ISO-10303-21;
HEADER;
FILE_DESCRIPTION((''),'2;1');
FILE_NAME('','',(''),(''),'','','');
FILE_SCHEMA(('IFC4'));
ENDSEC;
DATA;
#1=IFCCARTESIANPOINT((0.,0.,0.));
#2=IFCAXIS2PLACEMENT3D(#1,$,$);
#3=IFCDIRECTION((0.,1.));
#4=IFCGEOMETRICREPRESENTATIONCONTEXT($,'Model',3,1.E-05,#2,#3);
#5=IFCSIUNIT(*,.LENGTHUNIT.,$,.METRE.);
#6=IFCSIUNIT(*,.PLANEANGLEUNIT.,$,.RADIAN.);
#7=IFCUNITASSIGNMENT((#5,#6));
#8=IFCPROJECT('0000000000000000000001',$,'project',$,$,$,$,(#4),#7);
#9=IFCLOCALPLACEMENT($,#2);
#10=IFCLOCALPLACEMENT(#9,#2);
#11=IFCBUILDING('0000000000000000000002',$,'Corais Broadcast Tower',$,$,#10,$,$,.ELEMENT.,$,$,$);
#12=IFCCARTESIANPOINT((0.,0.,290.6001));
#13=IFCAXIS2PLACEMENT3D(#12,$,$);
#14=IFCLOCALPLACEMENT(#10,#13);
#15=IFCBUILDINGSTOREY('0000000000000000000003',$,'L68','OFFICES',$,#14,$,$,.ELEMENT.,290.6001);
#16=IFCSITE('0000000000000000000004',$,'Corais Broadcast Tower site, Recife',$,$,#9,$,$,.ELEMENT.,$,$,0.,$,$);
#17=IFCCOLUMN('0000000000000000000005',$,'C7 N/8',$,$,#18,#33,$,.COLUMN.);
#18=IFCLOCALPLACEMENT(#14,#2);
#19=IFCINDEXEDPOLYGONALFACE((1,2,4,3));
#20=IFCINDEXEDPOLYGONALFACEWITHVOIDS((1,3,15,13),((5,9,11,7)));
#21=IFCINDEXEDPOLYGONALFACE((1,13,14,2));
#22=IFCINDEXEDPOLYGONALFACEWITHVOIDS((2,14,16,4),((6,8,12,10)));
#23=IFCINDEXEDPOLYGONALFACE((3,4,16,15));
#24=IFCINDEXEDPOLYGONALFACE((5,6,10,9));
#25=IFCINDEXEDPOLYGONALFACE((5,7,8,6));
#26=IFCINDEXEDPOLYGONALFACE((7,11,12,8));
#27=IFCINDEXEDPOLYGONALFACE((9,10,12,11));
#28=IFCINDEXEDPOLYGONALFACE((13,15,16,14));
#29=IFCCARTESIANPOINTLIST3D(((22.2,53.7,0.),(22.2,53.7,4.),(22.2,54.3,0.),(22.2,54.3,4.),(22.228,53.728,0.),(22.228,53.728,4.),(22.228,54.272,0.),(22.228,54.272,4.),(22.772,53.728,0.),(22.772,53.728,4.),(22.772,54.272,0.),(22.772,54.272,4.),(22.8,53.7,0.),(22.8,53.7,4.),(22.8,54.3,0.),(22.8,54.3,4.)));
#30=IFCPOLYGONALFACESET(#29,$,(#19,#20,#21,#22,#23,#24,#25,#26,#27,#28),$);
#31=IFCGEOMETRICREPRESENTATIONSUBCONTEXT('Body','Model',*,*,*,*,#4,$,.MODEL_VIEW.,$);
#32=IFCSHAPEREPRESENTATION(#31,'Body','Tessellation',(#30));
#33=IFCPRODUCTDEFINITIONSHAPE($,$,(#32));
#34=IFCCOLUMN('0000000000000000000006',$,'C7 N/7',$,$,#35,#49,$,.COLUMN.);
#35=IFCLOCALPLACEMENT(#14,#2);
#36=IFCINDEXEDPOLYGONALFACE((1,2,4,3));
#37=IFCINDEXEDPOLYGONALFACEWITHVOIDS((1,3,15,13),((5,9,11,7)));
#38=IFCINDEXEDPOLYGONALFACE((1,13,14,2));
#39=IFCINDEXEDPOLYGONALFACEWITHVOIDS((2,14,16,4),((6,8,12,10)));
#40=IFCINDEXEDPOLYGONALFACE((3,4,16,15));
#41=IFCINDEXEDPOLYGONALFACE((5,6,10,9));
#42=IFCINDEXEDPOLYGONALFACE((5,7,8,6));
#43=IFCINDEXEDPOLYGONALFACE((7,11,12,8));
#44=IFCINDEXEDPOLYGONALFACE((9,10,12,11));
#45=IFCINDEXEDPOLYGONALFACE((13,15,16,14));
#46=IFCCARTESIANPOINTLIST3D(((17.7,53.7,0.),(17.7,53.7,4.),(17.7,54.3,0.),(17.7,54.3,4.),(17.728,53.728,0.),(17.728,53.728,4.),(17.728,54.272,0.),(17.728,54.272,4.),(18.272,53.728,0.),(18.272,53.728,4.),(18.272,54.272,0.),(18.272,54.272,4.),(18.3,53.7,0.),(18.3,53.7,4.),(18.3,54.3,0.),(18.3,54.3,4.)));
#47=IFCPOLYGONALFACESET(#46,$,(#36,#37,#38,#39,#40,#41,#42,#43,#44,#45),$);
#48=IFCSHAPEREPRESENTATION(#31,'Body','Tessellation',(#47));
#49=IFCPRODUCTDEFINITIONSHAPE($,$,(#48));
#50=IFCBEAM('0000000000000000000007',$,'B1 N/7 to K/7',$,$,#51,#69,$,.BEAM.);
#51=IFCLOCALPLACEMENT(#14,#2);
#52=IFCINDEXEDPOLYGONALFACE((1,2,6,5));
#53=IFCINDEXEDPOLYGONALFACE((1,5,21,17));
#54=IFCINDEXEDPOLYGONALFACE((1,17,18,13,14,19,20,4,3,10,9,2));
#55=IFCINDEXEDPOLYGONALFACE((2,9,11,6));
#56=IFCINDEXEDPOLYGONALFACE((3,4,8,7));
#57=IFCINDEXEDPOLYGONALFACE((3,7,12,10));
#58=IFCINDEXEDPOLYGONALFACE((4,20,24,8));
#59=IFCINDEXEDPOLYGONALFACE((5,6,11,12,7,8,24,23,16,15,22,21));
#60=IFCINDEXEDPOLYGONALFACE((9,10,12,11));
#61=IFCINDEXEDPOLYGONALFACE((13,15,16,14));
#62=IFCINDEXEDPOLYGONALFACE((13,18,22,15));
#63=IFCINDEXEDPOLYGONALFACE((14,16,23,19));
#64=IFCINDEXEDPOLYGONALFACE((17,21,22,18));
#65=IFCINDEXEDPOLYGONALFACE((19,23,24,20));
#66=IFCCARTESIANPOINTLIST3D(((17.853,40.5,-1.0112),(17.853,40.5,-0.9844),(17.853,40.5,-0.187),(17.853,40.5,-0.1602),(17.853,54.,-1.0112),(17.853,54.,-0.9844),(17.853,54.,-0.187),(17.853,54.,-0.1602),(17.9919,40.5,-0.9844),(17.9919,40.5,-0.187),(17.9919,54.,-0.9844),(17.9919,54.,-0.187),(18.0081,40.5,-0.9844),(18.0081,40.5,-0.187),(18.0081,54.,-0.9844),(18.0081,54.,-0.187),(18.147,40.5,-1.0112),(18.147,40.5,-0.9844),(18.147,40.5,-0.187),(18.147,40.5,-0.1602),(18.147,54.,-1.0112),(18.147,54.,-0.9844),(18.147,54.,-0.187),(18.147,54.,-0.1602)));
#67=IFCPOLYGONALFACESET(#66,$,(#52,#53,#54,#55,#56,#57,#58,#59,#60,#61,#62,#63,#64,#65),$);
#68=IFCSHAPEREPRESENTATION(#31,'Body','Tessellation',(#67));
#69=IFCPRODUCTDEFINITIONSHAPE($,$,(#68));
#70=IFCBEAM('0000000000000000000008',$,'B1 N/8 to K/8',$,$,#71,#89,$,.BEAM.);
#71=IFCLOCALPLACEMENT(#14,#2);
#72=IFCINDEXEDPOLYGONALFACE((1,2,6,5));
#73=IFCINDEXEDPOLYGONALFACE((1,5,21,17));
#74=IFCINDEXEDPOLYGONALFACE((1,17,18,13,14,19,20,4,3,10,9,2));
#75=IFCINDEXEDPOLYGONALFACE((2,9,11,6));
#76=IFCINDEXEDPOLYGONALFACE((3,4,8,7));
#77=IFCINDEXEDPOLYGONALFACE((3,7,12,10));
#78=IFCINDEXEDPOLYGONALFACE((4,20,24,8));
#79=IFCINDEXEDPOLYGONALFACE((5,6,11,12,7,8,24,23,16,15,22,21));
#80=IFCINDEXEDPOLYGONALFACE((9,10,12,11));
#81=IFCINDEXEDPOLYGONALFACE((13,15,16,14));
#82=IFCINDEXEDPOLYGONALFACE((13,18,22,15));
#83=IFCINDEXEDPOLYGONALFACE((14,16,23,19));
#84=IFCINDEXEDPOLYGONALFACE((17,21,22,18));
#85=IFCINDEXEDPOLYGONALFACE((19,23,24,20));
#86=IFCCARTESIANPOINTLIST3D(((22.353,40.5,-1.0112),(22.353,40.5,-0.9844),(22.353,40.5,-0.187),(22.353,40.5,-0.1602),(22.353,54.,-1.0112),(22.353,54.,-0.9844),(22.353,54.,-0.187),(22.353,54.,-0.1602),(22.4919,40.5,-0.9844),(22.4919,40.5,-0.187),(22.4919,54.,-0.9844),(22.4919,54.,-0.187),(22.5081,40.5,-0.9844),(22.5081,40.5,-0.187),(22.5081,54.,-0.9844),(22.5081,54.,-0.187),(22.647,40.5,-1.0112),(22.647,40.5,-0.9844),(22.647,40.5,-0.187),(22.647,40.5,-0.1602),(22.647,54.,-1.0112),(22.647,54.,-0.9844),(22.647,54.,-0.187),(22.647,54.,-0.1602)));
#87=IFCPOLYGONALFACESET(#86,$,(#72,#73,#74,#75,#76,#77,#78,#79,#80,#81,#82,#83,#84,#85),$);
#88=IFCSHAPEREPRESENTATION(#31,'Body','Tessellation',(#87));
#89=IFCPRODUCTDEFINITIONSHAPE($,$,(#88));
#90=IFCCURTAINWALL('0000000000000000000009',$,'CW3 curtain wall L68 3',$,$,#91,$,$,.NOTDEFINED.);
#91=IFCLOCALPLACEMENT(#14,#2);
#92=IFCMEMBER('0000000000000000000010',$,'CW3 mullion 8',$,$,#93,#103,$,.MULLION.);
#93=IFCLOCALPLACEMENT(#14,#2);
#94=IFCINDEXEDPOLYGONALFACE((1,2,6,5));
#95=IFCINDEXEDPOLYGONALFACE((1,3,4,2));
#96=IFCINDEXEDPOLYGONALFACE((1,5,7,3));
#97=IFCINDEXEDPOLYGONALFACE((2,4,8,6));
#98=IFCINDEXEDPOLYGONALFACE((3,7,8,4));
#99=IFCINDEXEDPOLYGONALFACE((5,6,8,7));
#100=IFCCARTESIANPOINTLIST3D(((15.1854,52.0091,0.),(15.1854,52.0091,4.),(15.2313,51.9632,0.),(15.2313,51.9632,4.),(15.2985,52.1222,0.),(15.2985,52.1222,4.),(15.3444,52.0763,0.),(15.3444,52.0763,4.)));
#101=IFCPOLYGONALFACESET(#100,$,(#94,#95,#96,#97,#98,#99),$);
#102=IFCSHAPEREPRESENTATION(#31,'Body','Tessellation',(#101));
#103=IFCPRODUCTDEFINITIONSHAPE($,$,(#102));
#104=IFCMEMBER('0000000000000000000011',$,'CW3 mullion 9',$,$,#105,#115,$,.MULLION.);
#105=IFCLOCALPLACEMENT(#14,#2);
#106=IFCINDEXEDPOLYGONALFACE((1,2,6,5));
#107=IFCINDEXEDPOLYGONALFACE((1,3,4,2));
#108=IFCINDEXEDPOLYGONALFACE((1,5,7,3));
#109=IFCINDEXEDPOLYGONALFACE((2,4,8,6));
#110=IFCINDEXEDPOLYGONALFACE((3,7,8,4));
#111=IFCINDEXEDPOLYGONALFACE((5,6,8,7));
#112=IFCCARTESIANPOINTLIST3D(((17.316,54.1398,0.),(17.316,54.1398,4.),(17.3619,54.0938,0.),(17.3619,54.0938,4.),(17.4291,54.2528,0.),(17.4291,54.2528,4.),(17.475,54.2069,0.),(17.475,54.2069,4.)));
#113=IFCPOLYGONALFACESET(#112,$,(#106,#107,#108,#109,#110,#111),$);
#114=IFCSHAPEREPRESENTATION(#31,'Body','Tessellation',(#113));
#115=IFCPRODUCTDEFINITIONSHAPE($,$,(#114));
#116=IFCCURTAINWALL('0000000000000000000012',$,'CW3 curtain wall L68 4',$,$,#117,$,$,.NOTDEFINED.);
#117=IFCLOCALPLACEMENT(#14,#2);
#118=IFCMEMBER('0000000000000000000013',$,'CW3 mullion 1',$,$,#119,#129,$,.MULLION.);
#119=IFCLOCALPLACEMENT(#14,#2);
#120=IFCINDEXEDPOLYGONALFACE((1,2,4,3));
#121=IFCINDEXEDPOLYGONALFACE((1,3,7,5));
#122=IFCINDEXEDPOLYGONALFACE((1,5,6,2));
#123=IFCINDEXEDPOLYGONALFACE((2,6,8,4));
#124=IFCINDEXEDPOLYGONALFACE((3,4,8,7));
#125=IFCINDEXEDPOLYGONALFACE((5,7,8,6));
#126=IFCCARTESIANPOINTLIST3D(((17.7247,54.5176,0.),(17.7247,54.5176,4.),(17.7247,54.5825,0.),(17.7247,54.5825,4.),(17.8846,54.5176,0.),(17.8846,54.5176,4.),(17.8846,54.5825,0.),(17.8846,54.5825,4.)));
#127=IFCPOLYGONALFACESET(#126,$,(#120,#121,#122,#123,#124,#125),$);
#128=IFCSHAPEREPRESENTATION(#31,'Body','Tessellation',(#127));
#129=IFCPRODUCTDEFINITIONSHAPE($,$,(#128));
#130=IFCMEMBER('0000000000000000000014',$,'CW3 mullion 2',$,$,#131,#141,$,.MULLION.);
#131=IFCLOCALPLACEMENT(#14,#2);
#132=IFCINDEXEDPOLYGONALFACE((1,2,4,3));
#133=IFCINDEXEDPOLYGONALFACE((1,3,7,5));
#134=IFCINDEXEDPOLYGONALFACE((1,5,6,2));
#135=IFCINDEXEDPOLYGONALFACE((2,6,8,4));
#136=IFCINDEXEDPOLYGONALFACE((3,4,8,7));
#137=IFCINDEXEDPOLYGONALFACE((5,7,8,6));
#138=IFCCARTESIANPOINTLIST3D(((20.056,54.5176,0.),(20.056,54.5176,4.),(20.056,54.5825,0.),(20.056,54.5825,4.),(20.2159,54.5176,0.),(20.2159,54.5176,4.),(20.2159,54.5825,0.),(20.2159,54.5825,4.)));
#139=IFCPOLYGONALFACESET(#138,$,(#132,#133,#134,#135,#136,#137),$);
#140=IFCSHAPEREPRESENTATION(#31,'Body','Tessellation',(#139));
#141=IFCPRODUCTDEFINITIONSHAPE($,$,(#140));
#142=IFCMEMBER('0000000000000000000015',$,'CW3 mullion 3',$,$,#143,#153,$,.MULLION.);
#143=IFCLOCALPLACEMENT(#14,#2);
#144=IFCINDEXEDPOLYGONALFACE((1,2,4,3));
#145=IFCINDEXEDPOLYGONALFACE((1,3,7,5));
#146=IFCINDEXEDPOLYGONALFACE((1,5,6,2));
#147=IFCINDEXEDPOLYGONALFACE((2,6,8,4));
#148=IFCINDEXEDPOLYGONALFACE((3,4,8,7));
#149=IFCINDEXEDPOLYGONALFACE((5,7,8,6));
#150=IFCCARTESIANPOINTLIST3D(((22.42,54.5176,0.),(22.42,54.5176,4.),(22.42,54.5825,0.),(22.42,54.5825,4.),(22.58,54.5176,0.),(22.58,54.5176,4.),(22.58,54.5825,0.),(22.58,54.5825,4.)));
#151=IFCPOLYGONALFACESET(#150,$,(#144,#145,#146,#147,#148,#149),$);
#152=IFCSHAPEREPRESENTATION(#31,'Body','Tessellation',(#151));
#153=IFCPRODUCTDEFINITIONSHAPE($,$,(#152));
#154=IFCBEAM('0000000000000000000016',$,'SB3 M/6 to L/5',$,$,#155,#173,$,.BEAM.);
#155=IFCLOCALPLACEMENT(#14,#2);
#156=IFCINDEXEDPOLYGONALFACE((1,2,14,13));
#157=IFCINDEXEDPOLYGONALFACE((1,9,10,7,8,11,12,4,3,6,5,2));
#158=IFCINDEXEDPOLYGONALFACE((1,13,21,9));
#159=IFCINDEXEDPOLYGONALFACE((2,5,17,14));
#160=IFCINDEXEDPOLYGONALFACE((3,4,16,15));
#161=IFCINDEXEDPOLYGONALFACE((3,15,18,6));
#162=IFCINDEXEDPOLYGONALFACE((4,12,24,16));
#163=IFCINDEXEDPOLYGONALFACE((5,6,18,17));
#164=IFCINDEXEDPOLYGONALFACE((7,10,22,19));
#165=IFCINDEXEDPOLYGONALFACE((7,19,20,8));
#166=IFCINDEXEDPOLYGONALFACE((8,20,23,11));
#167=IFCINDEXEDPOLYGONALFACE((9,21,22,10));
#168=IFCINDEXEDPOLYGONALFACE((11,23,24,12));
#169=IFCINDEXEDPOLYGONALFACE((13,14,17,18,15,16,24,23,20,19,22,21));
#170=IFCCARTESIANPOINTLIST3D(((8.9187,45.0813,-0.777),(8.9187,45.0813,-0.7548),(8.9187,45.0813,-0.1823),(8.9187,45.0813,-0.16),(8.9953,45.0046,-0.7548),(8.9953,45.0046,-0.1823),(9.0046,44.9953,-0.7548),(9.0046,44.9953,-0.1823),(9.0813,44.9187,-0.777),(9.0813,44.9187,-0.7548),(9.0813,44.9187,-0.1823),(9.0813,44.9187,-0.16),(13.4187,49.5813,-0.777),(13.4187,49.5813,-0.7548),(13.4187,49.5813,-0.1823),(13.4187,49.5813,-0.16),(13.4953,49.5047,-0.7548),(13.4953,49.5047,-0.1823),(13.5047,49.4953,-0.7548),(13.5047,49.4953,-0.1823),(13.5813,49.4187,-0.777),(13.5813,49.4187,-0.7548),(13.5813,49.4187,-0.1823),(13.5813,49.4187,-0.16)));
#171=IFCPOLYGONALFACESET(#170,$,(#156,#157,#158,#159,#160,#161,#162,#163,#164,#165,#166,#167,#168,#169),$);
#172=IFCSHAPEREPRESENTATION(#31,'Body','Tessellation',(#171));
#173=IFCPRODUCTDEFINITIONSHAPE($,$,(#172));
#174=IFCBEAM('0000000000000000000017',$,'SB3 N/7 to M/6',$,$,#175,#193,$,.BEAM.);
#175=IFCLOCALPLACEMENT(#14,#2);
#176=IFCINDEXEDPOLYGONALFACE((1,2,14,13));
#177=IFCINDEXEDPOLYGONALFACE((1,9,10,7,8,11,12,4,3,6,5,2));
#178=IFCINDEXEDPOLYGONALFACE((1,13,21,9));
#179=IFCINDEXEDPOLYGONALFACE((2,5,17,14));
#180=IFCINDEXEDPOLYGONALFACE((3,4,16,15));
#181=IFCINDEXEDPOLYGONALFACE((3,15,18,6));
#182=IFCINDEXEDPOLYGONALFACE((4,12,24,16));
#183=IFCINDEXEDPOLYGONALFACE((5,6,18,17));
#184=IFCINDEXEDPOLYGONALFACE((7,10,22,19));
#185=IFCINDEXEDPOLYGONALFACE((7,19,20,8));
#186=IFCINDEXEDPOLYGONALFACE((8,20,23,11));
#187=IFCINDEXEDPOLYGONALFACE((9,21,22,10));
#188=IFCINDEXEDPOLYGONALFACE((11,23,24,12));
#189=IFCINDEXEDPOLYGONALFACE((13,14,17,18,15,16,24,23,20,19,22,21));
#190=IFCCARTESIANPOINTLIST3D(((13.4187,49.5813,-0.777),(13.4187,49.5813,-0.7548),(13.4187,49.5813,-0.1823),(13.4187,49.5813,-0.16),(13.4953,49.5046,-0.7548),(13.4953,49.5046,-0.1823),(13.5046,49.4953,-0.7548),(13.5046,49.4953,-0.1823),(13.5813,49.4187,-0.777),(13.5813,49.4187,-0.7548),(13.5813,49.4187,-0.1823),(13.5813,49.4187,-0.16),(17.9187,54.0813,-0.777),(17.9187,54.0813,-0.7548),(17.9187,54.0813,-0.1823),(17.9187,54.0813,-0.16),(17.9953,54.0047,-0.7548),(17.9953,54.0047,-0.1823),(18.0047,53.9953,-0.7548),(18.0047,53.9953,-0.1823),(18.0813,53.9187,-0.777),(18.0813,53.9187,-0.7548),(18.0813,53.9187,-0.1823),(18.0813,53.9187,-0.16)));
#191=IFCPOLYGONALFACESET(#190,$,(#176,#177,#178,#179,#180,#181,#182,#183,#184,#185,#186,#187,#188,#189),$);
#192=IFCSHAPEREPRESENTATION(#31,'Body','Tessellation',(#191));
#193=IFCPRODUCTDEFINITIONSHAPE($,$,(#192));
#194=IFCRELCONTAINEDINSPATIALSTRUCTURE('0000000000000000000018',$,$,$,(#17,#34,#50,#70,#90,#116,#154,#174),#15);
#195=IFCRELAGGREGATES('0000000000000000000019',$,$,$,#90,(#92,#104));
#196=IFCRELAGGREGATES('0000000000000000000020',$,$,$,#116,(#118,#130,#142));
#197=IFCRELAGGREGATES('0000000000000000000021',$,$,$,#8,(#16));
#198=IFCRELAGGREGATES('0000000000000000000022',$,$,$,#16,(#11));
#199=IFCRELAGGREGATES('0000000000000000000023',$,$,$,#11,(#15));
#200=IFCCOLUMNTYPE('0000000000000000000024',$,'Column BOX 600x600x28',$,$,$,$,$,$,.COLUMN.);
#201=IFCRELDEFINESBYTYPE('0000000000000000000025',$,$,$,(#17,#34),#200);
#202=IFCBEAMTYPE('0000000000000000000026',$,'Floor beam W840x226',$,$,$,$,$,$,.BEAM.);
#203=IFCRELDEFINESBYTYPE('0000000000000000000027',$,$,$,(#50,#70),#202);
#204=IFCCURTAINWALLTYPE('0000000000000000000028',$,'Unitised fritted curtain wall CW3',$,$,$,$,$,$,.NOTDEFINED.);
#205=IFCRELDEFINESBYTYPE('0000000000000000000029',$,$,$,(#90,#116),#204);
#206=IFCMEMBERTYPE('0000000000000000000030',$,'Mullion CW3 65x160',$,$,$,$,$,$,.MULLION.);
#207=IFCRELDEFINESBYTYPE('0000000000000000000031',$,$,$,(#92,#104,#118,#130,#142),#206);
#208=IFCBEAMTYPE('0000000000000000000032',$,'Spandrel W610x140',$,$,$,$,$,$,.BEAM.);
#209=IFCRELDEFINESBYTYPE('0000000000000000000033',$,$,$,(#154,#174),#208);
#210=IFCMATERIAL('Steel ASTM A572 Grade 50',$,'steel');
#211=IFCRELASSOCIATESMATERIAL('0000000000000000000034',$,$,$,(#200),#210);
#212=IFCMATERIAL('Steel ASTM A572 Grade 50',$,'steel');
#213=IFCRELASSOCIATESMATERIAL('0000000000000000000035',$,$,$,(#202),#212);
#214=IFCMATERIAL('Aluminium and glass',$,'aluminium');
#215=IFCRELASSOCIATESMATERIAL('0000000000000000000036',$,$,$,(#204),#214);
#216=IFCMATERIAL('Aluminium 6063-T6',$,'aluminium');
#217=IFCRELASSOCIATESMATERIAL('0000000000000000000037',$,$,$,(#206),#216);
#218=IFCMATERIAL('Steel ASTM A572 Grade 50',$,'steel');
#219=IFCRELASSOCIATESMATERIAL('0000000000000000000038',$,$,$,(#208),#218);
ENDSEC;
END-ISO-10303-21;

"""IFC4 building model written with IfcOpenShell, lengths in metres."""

from ifc_helpers import new_model, si_unit, direction, frame, origin, origin_2d, place, context, subcontext, project, spatial, rectangle, hollow_rectangle, i_section, extrude, material, material_profile, profile_set, type_object, element, aggregate, save


model = new_model("IFC4")

# Units and contexts
model_context = context("Model", 3, precision=1e-05, world=origin(), true_north=direction((0.0, 1.0)))
body_context = subcontext(model_context, "Body", "Model", "MODEL_VIEW")
ifc_project = project(units=[si_unit("LENGTHUNIT", "METRE"), si_unit("PLANEANGLEUNIT", "RADIAN")], contexts=[model_context])

# Site, building, storey
site_placement = place(None, origin())
site = spatial("IfcSite", under=ifc_project, at=site_placement, Name="Corais Broadcast Tower site, Recife", CompositionType="ELEMENT", RefElevation=0.0)
building_placement = place(site_placement, origin())
building = spatial("IfcBuilding", under=site, at=building_placement, Name="Corais Broadcast Tower", CompositionType="ELEMENT")
storey_placement = place(building_placement, frame((0.0, 0.0, 290.6001)))
storey = spatial("IfcBuildingStorey", under=building, at=storey_placement, Name="L68", Description="OFFICES", CompositionType="ELEMENT", Elevation=290.6001)

# Columns
ifc_material_1 = material(Name="Steel ASTM A572 Grade 50", Category="steel")
ifc_material_profile_1 = material_profile(ifc_material_1, hollow_rectangle(XDim=0.6001, YDim=0.6001, WallThickness=0.0281, at=origin_2d()), Name="BOX 600x600x28")
ifc_profile_set_1 = profile_set([ifc_material_profile_1], Name="Steel ASTM A572 Grade 50")
column_type = type_object("IfcColumnType", Name="Column BOX 600x600x28", PredefinedType="COLUMN", material=ifc_profile_set_1)
for number, where, z_axis, x_axis, name in (
    (1, (22.5, 54.0, 0.0), (0.0, 0.0, 1.0), (1.0, 0.0, 0.0), "C7 N/8"),
    (2, (18.0, 54.0, 0.0), (0.0, 0.0, 1.0), (1.0, 0.0, 0.0), "C7 N/7"),
):
    element("IfcColumn", number, at=place(storey_placement, frame(where, z_axis=z_axis, x_axis=x_axis)), inside=storey, type_object=column_type, Name=name, PredefinedType="COLUMN", context=body_context, shape_type="SweptSolid", body=[
        extrude(hollow_rectangle(XDim=0.6001, YDim=0.6001, WallThickness=0.0281, at=origin_2d()), origin(), (0.0, 0.0, 1.0), 4.0),
    ])

# Beams
ifc_material_2 = material(Name="Steel ASTM A572 Grade 50", Category="steel")
ifc_material_profile_2 = material_profile(ifc_material_2, i_section(OverallWidth=0.2939, OverallDepth=0.8511, WebThickness=0.0161, FlangeThickness=0.0269, at=origin_2d()), Name="W840x226")
ifc_profile_set_2 = profile_set([ifc_material_profile_2], Name="Steel ASTM A572 Grade 50")
beam_type_1 = type_object("IfcBeamType", Name="Floor beam W840x226", PredefinedType="BEAM", material=ifc_profile_set_2)
for number, where, z_axis, x_axis, name in (
    (3, (18.0, 54.0, -0.5857), (0.0, -1.0, 0.0), (1.0, 0.0, 0.0), "B1 N/7 to K/7"),
    (4, (22.5, 54.0, -0.5857), (0.0, -1.0, 0.0), (1.0, 0.0, 0.0), "B1 N/8 to K/8"),
):
    element("IfcBeam", number, at=place(storey_placement, frame(where, z_axis=z_axis, x_axis=x_axis)), inside=storey, type_object=beam_type_1, Name=name, PredefinedType="BEAM", context=body_context, shape_type="SweptSolid", body=[
        extrude(i_section(OverallWidth=0.2939, OverallDepth=0.8511, WebThickness=0.0161, FlangeThickness=0.0269, at=origin_2d()), origin(), (0.0, 0.0, 1.0), 13.5),
    ])

# Curtain walls, members
ifc_material_3 = material(Name="Aluminium and glass", Category="aluminium")
curtain_wall_type = type_object("IfcCurtainWallType", Name="Unitised fritted curtain wall CW3", PredefinedType="NOTDEFINED", material=ifc_material_3)
curtain_wall_1_placement = place(storey_placement, origin())
curtain_wall_1 = element("IfcCurtainWall", 5, at=curtain_wall_1_placement, inside=storey, type_object=curtain_wall_type, Name="CW3 curtain wall L68 3", PredefinedType="NOTDEFINED")
ifc_material_4 = material(Name="Aluminium 6063-T6", Category="aluminium")
ifc_material_profile_3 = material_profile(ifc_material_4, rectangle(XDim=0.0649, YDim=0.1599, at=origin_2d()), Name="Mullion CW3 65x160")
ifc_profile_set_3 = profile_set([ifc_material_profile_3], Name="Aluminium 6063-T6")
member_type_1 = type_object("IfcMemberType", Name="Mullion CW3 65x160", PredefinedType="MULLION", material=ifc_profile_set_3)
member_1_placement = place(storey_placement, frame((15.2649, 52.0427, 0.0), z_axis=(0.0, 0.0, 1.0), x_axis=(-0.707107, 0.707107, 0.0)))
member_1 = element("IfcMember", 6, at=member_1_placement, type_object=member_type_1, Name="CW3 mullion 8", PredefinedType="MULLION", context=body_context, shape_type="SweptSolid", body=[
    extrude(rectangle(XDim=0.0649, YDim=0.1599, at=origin_2d()), origin(), (0.0, 0.0, 1.0), 4.0),
])
member_2_placement = place(storey_placement, frame((17.3955, 54.1733, 0.0), z_axis=(0.0, 0.0, 1.0), x_axis=(-0.707107, 0.707107, 0.0)))
member_2 = element("IfcMember", 7, at=member_2_placement, type_object=member_type_1, Name="CW3 mullion 9", PredefinedType="MULLION", context=body_context, shape_type="SweptSolid", body=[
    extrude(rectangle(XDim=0.0649, YDim=0.1599, at=origin_2d()), origin(), (0.0, 0.0, 1.0), 4.0),
])
curtain_wall_2_placement = place(storey_placement, origin())
curtain_wall_2 = element("IfcCurtainWall", 8, at=curtain_wall_2_placement, inside=storey, type_object=curtain_wall_type, Name="CW3 curtain wall L68 4", PredefinedType="NOTDEFINED")
member_3_placement = place(storey_placement, frame((17.8047, 54.55, 0.0), z_axis=(0.0, 0.0, 1.0), x_axis=(0.0, 1.0, 0.0)))
member_3 = element("IfcMember", 9, at=member_3_placement, type_object=member_type_1, Name="CW3 mullion 1", PredefinedType="MULLION", context=body_context, shape_type="SweptSolid", body=[
    extrude(rectangle(XDim=0.0649, YDim=0.1599, at=origin_2d()), origin(), (0.0, 0.0, 1.0), 4.0),
])
member_4_placement = place(storey_placement, frame((20.136, 54.55, 0.0), z_axis=(0.0, 0.0, 1.0), x_axis=(0.0, 1.0, 0.0)))
member_4 = element("IfcMember", 10, at=member_4_placement, type_object=member_type_1, Name="CW3 mullion 2", PredefinedType="MULLION", context=body_context, shape_type="SweptSolid", body=[
    extrude(rectangle(XDim=0.0649, YDim=0.1599, at=origin_2d()), origin(), (0.0, 0.0, 1.0), 4.0),
])
member_5_placement = place(storey_placement, frame((22.5, 54.55, 0.0), z_axis=(0.0, 0.0, 1.0), x_axis=(0.0, 1.0, 0.0)))
member_5 = element("IfcMember", 11, at=member_5_placement, type_object=member_type_1, Name="CW3 mullion 3", PredefinedType="MULLION", context=body_context, shape_type="SweptSolid", body=[
    extrude(rectangle(XDim=0.0649, YDim=0.1599, at=origin_2d()), origin(), (0.0, 0.0, 1.0), 4.0),
])

# Beams
ifc_material_5 = material(Name="Steel ASTM A572 Grade 50", Category="steel")
ifc_material_profile_4 = material_profile(ifc_material_5, i_section(OverallWidth=0.23, OverallDepth=0.6169, WebThickness=0.0132, FlangeThickness=0.0222, at=origin_2d()), Name="W610x140")
ifc_profile_set_4 = profile_set([ifc_material_profile_4], Name="Steel ASTM A572 Grade 50")
beam_type_2 = type_object("IfcBeamType", Name="Spandrel W610x140", PredefinedType="BEAM", material=ifc_profile_set_4)
for number, where, z_axis, x_axis, name in (
    (12, (13.5, 49.5, -0.4685), (-0.707107, -0.707107, 0.0), (0.707107, -0.707107, 0.0), "SB3 M/6 to L/5"),
    (13, (18.0, 54.0, -0.4685), (-0.707107, -0.707107, 0.0), (0.707107, -0.707107, 0.0), "SB3 N/7 to M/6"),
):
    element("IfcBeam", number, at=place(storey_placement, frame(where, z_axis=z_axis, x_axis=x_axis)), inside=storey, type_object=beam_type_2, Name=name, PredefinedType="BEAM", context=body_context, shape_type="SweptSolid", body=[
        extrude(i_section(OverallWidth=0.23, OverallDepth=0.6169, WebThickness=0.0132, FlangeThickness=0.0222, at=origin_2d()), origin(), (0.0, 0.0, 1.0), 6.364),
    ])

aggregate(curtain_wall_1, [member_1, member_2])
aggregate(curtain_wall_2, [member_3, member_4, member_5])

save(model, "model.ifc")
